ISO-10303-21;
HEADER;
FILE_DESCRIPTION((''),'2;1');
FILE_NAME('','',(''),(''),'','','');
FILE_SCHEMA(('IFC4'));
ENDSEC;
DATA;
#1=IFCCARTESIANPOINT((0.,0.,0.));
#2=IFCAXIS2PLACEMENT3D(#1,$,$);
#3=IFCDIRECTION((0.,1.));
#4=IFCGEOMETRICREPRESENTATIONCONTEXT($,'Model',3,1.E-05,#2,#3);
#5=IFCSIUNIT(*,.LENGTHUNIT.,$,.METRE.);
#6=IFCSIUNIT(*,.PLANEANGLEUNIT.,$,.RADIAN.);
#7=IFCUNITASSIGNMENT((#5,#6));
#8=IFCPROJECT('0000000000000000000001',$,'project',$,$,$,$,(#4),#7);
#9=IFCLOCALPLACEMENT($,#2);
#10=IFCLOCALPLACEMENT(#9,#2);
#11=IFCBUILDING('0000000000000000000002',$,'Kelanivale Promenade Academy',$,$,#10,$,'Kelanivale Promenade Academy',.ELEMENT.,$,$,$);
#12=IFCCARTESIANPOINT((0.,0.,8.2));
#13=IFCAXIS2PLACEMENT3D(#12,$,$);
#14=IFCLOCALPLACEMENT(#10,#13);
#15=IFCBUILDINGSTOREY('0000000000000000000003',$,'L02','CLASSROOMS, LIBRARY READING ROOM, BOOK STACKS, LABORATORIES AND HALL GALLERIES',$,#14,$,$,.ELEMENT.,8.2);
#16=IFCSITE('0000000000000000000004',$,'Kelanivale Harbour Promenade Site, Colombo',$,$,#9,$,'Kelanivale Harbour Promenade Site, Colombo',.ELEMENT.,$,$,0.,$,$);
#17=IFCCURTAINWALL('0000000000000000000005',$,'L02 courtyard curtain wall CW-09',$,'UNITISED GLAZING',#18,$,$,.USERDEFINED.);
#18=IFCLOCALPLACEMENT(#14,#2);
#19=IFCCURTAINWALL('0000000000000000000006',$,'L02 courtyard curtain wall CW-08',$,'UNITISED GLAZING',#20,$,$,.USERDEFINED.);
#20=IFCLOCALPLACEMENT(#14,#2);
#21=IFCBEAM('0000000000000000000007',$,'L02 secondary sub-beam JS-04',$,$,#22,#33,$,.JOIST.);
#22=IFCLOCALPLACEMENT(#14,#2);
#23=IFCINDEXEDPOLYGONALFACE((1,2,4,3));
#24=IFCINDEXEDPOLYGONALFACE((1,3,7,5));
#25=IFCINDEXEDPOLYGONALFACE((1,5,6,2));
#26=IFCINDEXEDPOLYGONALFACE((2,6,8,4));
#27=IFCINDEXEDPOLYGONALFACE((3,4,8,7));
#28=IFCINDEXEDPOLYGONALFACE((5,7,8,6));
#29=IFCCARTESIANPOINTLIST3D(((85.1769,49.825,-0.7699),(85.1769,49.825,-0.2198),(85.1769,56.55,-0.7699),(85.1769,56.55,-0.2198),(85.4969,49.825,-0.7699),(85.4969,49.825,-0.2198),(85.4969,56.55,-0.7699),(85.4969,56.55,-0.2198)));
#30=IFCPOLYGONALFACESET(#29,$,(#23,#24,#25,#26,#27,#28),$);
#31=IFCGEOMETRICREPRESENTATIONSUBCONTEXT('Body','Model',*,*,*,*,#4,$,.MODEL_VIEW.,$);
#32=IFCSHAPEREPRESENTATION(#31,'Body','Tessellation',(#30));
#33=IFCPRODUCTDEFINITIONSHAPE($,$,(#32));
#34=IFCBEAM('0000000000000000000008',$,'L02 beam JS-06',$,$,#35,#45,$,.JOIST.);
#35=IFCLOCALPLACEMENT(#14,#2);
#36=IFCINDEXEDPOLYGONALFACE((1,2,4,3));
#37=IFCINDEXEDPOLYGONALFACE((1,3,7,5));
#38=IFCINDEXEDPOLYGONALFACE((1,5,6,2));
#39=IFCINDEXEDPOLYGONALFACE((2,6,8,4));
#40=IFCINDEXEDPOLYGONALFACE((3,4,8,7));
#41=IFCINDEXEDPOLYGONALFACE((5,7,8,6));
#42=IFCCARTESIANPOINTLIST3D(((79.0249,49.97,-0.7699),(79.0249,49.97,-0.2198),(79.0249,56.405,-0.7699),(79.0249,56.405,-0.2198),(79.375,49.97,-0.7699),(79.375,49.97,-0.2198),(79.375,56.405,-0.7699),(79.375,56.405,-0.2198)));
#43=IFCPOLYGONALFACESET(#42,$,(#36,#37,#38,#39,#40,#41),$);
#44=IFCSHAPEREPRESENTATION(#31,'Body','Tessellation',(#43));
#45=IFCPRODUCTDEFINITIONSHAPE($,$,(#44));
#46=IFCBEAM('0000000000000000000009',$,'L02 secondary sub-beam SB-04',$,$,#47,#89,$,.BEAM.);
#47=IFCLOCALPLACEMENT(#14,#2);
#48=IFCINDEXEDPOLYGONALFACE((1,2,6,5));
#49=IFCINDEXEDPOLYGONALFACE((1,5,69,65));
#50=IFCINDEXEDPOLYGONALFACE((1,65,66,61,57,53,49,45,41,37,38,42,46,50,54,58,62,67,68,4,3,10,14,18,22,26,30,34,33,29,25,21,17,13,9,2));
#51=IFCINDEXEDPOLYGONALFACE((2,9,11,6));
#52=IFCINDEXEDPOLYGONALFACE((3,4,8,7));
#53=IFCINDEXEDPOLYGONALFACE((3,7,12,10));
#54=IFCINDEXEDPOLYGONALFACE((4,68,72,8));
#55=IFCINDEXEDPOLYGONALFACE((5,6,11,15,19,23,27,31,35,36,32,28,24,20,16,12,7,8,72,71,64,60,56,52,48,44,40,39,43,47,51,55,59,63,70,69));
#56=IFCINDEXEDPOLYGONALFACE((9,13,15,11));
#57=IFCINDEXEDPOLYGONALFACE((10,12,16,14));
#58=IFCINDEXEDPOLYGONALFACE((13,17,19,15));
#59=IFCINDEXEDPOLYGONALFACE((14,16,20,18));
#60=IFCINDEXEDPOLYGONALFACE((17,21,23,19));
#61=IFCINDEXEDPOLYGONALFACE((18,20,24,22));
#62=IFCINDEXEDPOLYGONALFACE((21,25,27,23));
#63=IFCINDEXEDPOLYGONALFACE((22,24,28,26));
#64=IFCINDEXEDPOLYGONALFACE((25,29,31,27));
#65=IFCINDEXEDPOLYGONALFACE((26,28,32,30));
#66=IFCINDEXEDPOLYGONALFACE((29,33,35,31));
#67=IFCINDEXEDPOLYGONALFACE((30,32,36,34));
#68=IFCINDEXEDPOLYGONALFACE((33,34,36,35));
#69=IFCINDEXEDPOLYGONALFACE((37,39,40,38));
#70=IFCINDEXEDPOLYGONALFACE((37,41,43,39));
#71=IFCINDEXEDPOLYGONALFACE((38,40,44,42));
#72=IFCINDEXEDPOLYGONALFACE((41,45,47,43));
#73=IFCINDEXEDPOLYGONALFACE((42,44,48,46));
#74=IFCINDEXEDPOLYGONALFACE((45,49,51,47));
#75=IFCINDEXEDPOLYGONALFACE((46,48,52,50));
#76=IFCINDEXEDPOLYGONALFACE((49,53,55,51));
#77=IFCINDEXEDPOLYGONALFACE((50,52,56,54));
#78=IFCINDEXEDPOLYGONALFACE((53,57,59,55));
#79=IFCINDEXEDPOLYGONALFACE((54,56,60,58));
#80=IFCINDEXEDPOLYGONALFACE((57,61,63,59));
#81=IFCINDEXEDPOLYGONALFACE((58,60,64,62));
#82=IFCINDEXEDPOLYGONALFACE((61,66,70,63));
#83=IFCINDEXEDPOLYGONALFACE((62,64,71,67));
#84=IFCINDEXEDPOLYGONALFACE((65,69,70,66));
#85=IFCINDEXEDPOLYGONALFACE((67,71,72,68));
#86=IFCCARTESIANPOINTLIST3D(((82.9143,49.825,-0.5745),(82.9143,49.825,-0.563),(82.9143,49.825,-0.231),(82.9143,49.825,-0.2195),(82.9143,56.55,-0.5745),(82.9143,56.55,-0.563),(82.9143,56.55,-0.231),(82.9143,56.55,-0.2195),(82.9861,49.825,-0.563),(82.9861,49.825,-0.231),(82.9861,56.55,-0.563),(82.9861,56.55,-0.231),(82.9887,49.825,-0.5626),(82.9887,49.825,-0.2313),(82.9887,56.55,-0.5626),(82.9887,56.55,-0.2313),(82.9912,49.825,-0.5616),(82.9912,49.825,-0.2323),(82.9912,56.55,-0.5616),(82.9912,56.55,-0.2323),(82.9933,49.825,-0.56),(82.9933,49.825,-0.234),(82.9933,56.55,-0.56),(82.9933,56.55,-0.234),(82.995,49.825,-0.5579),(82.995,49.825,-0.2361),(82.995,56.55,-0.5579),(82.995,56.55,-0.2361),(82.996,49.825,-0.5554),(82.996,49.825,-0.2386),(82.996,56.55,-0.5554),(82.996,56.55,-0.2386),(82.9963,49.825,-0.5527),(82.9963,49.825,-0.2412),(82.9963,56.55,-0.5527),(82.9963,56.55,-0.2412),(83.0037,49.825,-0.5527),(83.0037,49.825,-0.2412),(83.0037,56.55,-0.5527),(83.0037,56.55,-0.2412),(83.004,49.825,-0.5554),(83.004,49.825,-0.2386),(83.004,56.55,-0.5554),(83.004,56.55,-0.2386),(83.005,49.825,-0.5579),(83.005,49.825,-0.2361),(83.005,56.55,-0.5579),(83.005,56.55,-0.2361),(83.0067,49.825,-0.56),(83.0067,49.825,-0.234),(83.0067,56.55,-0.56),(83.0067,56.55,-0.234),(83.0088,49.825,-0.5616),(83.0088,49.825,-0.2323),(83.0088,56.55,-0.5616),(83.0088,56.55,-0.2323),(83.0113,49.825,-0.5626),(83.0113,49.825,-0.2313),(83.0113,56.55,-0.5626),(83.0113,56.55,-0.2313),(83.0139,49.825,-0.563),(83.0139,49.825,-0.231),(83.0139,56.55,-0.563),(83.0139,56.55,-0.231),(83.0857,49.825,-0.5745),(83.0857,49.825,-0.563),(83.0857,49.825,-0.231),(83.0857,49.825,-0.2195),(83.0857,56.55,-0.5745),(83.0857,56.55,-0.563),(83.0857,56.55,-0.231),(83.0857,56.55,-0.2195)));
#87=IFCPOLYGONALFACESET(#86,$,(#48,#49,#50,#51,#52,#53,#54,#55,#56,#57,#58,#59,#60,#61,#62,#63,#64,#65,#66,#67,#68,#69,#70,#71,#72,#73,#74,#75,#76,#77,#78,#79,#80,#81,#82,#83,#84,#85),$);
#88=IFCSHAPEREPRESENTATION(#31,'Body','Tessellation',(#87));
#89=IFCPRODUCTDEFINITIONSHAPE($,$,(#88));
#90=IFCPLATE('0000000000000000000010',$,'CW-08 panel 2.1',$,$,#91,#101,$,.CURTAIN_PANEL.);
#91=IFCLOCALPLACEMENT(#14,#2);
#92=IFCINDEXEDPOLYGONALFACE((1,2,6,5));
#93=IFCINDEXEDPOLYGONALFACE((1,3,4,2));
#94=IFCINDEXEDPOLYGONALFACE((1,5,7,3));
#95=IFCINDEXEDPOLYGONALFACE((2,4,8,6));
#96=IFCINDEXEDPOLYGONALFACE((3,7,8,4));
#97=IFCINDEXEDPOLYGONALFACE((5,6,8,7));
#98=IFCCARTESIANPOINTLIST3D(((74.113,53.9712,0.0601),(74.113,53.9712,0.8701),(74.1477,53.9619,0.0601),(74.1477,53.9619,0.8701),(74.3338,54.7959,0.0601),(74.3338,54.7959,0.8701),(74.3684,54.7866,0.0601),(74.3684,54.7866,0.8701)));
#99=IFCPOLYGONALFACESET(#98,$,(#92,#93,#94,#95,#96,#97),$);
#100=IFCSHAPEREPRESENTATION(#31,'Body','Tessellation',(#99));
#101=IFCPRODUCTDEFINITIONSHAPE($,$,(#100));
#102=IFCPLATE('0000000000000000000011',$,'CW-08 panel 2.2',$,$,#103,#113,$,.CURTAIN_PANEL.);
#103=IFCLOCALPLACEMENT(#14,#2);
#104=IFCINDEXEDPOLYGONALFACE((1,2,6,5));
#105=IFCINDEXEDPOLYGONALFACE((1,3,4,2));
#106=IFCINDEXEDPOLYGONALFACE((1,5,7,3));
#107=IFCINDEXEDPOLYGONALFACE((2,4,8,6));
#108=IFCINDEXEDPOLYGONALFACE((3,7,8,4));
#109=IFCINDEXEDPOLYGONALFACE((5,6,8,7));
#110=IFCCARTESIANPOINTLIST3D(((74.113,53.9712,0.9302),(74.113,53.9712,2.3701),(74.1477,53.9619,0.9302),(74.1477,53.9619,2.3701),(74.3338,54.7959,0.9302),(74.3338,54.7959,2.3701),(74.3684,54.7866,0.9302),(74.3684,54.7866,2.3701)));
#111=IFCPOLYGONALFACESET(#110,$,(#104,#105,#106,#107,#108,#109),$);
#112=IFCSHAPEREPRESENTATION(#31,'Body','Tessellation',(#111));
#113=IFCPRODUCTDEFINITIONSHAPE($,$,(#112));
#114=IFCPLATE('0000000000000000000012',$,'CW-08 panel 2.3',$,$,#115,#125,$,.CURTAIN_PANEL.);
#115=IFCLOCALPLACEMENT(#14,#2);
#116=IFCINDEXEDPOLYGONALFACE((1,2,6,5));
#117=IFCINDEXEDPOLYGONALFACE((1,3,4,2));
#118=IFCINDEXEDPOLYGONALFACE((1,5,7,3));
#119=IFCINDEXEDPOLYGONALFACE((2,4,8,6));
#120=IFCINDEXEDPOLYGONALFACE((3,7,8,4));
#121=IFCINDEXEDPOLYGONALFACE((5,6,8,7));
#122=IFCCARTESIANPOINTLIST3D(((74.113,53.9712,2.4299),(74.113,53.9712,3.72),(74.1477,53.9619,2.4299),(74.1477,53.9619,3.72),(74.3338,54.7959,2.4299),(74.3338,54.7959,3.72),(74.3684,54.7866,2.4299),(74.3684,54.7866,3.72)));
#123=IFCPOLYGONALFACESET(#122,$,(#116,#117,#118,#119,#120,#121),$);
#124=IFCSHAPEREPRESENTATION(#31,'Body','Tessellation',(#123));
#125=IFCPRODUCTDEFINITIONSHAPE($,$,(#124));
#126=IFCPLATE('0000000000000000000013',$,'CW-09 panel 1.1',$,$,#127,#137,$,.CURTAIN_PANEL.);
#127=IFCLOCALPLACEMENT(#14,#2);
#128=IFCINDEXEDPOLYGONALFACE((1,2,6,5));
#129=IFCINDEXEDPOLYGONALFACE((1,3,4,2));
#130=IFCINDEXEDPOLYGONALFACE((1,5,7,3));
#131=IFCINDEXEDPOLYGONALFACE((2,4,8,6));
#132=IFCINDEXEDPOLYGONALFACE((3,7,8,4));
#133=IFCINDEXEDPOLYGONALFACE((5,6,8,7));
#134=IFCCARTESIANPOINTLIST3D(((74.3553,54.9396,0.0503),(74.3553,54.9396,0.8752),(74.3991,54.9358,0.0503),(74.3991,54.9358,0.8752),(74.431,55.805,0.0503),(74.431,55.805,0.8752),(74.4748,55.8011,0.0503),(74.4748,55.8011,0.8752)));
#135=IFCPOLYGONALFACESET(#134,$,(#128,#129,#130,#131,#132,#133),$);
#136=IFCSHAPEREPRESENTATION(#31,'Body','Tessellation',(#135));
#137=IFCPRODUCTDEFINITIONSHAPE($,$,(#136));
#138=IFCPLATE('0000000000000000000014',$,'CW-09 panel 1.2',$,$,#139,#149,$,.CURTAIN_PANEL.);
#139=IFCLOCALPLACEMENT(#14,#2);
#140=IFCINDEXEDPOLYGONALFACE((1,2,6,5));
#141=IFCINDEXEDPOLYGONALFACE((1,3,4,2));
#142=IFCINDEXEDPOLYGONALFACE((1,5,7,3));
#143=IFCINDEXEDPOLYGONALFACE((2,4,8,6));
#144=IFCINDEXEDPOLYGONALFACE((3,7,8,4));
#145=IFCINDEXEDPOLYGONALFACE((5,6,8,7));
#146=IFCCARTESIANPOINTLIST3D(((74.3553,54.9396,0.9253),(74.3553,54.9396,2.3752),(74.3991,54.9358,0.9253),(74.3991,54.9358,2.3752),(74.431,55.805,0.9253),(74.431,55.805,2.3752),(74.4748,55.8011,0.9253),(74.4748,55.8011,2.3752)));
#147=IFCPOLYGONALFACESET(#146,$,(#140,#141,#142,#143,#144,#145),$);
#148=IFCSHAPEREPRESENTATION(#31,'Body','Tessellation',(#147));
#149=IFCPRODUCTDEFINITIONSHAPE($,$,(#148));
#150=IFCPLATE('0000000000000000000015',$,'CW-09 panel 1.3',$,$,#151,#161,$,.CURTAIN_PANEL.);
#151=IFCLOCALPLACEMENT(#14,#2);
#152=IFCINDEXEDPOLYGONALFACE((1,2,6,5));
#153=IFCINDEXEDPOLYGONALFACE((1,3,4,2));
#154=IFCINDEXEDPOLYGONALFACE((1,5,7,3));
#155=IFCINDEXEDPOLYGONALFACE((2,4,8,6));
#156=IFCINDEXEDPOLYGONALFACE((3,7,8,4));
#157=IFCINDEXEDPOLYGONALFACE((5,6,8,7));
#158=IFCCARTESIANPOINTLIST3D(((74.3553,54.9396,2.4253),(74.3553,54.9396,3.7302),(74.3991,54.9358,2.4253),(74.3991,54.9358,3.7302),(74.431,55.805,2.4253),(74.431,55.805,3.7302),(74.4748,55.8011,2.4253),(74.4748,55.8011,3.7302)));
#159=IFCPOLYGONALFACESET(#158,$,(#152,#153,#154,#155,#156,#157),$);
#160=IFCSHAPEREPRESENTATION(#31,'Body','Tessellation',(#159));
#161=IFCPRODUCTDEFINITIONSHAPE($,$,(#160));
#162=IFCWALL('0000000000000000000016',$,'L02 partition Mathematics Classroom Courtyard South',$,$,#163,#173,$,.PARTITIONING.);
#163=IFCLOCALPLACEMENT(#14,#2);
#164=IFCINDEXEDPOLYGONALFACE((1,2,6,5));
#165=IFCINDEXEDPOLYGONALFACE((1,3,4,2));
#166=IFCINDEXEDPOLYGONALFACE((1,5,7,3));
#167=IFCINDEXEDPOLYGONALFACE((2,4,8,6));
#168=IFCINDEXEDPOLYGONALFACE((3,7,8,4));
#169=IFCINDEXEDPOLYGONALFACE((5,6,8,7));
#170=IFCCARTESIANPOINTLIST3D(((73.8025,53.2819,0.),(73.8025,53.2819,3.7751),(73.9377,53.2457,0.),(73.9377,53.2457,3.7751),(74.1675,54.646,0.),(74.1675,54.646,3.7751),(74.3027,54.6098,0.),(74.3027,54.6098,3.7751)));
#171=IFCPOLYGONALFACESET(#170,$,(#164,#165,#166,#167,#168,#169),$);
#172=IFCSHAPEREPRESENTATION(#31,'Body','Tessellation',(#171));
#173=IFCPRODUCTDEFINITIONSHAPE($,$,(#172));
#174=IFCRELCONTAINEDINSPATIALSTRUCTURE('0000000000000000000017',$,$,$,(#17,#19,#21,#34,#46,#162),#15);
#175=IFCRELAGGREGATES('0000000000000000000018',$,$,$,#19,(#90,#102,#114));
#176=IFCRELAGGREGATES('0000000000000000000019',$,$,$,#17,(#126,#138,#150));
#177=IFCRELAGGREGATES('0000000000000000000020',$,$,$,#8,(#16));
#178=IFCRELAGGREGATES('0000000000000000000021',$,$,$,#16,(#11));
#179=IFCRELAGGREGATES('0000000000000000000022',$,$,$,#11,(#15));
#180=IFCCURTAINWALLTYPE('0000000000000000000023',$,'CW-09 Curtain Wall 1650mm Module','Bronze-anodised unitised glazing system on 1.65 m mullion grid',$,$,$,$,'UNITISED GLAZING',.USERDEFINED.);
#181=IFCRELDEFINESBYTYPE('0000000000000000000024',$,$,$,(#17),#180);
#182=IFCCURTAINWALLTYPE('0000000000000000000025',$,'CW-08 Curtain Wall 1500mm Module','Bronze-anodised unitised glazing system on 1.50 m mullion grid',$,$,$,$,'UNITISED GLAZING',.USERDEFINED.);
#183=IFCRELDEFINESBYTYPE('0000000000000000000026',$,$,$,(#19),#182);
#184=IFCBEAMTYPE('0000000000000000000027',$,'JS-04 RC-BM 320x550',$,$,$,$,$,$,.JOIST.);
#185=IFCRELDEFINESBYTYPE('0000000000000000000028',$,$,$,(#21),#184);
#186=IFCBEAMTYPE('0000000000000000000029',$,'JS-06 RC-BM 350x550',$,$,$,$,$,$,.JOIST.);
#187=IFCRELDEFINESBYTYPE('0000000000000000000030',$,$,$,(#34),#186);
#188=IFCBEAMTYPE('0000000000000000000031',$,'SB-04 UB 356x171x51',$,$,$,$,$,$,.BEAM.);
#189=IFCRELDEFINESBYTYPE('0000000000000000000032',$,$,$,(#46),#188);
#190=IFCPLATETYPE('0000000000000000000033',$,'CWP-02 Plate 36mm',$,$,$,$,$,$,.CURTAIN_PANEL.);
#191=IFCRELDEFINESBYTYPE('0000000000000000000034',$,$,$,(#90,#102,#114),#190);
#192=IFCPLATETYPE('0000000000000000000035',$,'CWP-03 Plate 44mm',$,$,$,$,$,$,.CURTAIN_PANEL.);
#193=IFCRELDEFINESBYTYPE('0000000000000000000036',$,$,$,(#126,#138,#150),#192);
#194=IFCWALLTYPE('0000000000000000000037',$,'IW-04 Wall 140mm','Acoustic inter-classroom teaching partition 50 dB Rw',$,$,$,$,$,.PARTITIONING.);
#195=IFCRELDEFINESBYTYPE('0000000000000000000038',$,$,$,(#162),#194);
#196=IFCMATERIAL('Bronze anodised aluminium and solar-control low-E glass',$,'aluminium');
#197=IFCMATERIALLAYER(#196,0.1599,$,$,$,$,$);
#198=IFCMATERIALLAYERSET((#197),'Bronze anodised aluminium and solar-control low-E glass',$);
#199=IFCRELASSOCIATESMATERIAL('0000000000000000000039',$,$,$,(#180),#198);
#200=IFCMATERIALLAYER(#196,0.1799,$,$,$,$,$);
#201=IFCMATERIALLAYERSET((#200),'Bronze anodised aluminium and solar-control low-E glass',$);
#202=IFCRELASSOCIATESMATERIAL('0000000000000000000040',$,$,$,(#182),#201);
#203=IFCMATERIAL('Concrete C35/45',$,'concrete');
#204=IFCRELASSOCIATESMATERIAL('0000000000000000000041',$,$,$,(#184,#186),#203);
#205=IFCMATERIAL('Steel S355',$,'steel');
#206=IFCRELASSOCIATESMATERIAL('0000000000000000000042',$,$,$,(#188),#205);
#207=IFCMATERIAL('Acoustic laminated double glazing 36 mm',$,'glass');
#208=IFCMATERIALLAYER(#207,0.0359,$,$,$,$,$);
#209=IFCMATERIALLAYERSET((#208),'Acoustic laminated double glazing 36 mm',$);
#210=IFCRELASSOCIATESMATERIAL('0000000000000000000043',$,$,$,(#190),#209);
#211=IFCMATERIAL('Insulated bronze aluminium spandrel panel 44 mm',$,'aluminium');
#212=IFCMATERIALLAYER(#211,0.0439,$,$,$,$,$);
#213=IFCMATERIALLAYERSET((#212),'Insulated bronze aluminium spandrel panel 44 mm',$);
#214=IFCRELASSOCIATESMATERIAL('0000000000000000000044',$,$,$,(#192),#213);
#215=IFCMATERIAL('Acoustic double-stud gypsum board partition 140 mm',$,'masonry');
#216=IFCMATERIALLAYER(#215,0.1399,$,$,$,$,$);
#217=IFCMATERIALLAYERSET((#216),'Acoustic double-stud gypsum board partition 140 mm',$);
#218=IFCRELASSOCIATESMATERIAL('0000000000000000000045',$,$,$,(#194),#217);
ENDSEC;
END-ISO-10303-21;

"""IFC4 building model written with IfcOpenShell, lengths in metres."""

from ifc_helpers import new_model, si_unit, direction, frame, frame_2d, origin, origin_2d, place, context, subcontext, project, spatial, rectangle, i_section, extrude, material, layer, layer_set, material_profile, profile_set, type_object, element, aggregate, save


model = new_model("IFC4")

# Units and contexts
model_context = context("Model", 3, precision=1e-05, world=origin(), true_north=direction((0.0, 1.0)))
body_context = subcontext(model_context, "Body", "Model", "MODEL_VIEW")
ifc_project = project(units=[si_unit("LENGTHUNIT", "METRE"), si_unit("PLANEANGLEUNIT", "RADIAN")], contexts=[model_context])

# Site, building, storey
site_placement = place(None, origin())
site = spatial("IfcSite", under=ifc_project, at=site_placement, Name="Kelanivale Harbour Promenade Site, Colombo", LongName="Kelanivale Harbour Promenade Site, Colombo", CompositionType="ELEMENT", RefElevation=0.0)
building_placement = place(site_placement, origin())
building = spatial("IfcBuilding", under=site, at=building_placement, Name="Kelanivale Promenade Academy", LongName="Kelanivale Promenade Academy", CompositionType="ELEMENT")
storey_placement = place(building_placement, frame((0.0, 0.0, 8.2)))
storey = spatial("IfcBuildingStorey", under=building, at=storey_placement, Name="L02", Description="CLASSROOMS, LIBRARY READING ROOM, BOOK STACKS, LABORATORIES AND HALL GALLERIES", CompositionType="ELEMENT", Elevation=8.2)

# Shared definitions
ifc_material_1 = material(Name="Concrete C35/45", Category="concrete")

# Curtain wall
ifc_material_2 = material(Name="Bronze anodised aluminium and solar-control low-E glass", Category="aluminium")
ifc_layer_1 = layer(ifc_material_2, 0.1599)
ifc_layer_set_1 = layer_set([ifc_layer_1], Name="Bronze anodised aluminium and solar-control low-E glass")
curtain_wall_type_1 = type_object("IfcCurtainWallType", Name="CW-09 Curtain Wall 1650mm Module", Description="Bronze-anodised unitised glazing system on 1.65 m mullion grid", ElementType="UNITISED GLAZING", PredefinedType="USERDEFINED", material=ifc_layer_set_1)
curtain_wall_1_placement = place(storey_placement, origin())
curtain_wall_1 = element("IfcCurtainWall", 1, at=curtain_wall_1_placement, inside=storey, type_object=curtain_wall_type_1, Name="L02 courtyard curtain wall CW-09", ObjectType="UNITISED GLAZING", PredefinedType="USERDEFINED")

# Curtain wall
ifc_layer_2 = layer(ifc_material_2, 0.1799)
ifc_layer_set_2 = layer_set([ifc_layer_2], Name="Bronze anodised aluminium and solar-control low-E glass")
curtain_wall_type_2 = type_object("IfcCurtainWallType", Name="CW-08 Curtain Wall 1500mm Module", Description="Bronze-anodised unitised glazing system on 1.50 m mullion grid", ElementType="UNITISED GLAZING", PredefinedType="USERDEFINED", material=ifc_layer_set_2)
curtain_wall_2_placement = place(storey_placement, origin())
curtain_wall_2 = element("IfcCurtainWall", 2, at=curtain_wall_2_placement, inside=storey, type_object=curtain_wall_type_2, Name="L02 courtyard curtain wall CW-08", ObjectType="UNITISED GLAZING", PredefinedType="USERDEFINED")

# Beams
ifc_material_profile_1 = material_profile(ifc_material_1, rectangle(XDim=0.3201, YDim=0.55, at=origin_2d()), Name="RC-BM 320x550")
ifc_profile_set_1 = profile_set([ifc_material_profile_1], Name="Concrete C35/45")
beam_type_1 = type_object("IfcBeamType", Name="JS-04 RC-BM 320x550", PredefinedType="JOIST", material=ifc_profile_set_1)
beam_1_placement = place(storey_placement, frame((85.3369, 49.825, -0.4949), z_axis=(0.0, 1.0, 0.0), x_axis=(-1.0, 0.0, 0.0)))
element("IfcBeam", 3, at=beam_1_placement, inside=storey, type_object=beam_type_1, Name="L02 secondary sub-beam JS-04", PredefinedType="JOIST", context=body_context, shape_type="SweptSolid", body=[
    extrude(rectangle(XDim=0.3201, YDim=0.55, at=origin_2d()), origin(), (0.0, 0.0, 1.0), 6.7251),
])
ifc_material_profile_2 = material_profile(ifc_material_1, rectangle(XDim=0.3501, YDim=0.55, at=origin_2d()), Name="RC-BM 350x550")
ifc_profile_set_2 = profile_set([ifc_material_profile_2], Name="Concrete C35/45")
beam_type_2 = type_object("IfcBeamType", Name="JS-06 RC-BM 350x550", PredefinedType="JOIST", material=ifc_profile_set_2)
beam_2_placement = place(storey_placement, frame((79.2, 49.97, -0.4949), z_axis=(0.0, 1.0, 0.0), x_axis=(-1.0, 0.0, 0.0)))
element("IfcBeam", 4, at=beam_2_placement, inside=storey, type_object=beam_type_2, Name="L02 beam JS-06", PredefinedType="JOIST", context=body_context, shape_type="SweptSolid", body=[
    extrude(rectangle(XDim=0.3501, YDim=0.55, at=origin_2d()), origin(), (0.0, 0.0, 1.0), 6.4351),
])
ifc_material_3 = material(Name="Steel S355", Category="steel")
ifc_material_profile_3 = material_profile(ifc_material_3, i_section(OverallWidth=0.1714, OverallDepth=0.355, WebThickness=0.0073, FlangeThickness=0.0115, FilletRadius=0.0103, at=origin_2d()), Name="UB 356x171x51")
ifc_profile_set_3 = profile_set([ifc_material_profile_3], Name="Steel S355")
beam_type_3 = type_object("IfcBeamType", Name="SB-04 UB 356x171x51", PredefinedType="BEAM", material=ifc_profile_set_3)
beam_3_placement = place(storey_placement, frame((83.0, 49.825, -0.397), z_axis=(0.0, 1.0, 0.0), x_axis=(-1.0, 0.0, 0.0)))
element("IfcBeam", 5, at=beam_3_placement, inside=storey, type_object=beam_type_3, Name="L02 secondary sub-beam SB-04", PredefinedType="BEAM", context=body_context, shape_type="SweptSolid", body=[
    extrude(i_section(OverallWidth=0.1714, OverallDepth=0.355, WebThickness=0.0073, FlangeThickness=0.0115, FilletRadius=0.0103, at=origin_2d()), origin(), (0.0, 0.0, 1.0), 6.7251),
])

# Plates
ifc_material_4 = material(Name="Acoustic laminated double glazing 36 mm", Category="glass")
ifc_layer_3 = layer(ifc_material_4, 0.0359)
ifc_layer_set_3 = layer_set([ifc_layer_3], Name="Acoustic laminated double glazing 36 mm")
plate_type_1 = type_object("IfcPlateType", Name="CWP-02 Plate 36mm", PredefinedType="CURTAIN_PANEL", material=ifc_layer_set_3)
plate_1_placement = place(storey_placement, frame((74.2407, 54.3789, 0.0601), z_axis=(0.0, 0.0, 1.0), x_axis=(0.258578, 0.96599, 0.0)))
plate_1 = element("IfcPlate", 6, at=plate_1_placement, type_object=plate_type_1, Name="CW-08 panel 2.1", PredefinedType="CURTAIN_PANEL", context=body_context, shape_type="SweptSolid", body=[
    extrude(rectangle(XDim=0.8538, YDim=0.0359, at=origin_2d()), origin(), (0.0, 0.0, 1.0), 0.8101),
])
plate_2_placement = place(storey_placement, frame((74.2407, 54.3789, 0.9302), z_axis=(0.0, 0.0, 1.0), x_axis=(0.258578, 0.96599, 0.0)))
plate_2 = element("IfcPlate", 7, at=plate_2_placement, type_object=plate_type_1, Name="CW-08 panel 2.2", PredefinedType="CURTAIN_PANEL", context=body_context, shape_type="SweptSolid", body=[
    extrude(rectangle(XDim=0.8538, YDim=0.0359, at=origin_2d()), origin(), (0.0, 0.0, 1.0), 1.4399),
])
plate_3_placement = place(storey_placement, frame((74.2407, 54.3789, 2.4299), z_axis=(0.0, 0.0, 1.0), x_axis=(0.258578, 0.96599, 0.0)))
plate_3 = element("IfcPlate", 8, at=plate_3_placement, type_object=plate_type_1, Name="CW-08 panel 2.3", PredefinedType="CURTAIN_PANEL", context=body_context, shape_type="SweptSolid", body=[
    extrude(rectangle(XDim=0.8538, YDim=0.0359, at=origin_2d()), origin(), (0.0, 0.0, 1.0), 1.29),
])
aggregate(curtain_wall_2, [plate_1, plate_2, plate_3])
ifc_material_5 = material(Name="Insulated bronze aluminium spandrel panel 44 mm", Category="aluminium")
ifc_layer_4 = layer(ifc_material_5, 0.0439)
ifc_layer_set_4 = layer_set([ifc_layer_4], Name="Insulated bronze aluminium spandrel panel 44 mm")
plate_type_2 = type_object("IfcPlateType", Name="CWP-03 Plate 44mm", PredefinedType="CURTAIN_PANEL", material=ifc_layer_set_4)
plate_4_placement = place(storey_placement, frame((74.415, 55.3704, 0.0503), z_axis=(0.0, 0.0, 1.0), x_axis=(0.087102, 0.996199, 0.0)))
plate_4 = element("IfcPlate", 9, at=plate_4_placement, type_object=plate_type_2, Name="CW-09 panel 1.1", PredefinedType="CURTAIN_PANEL", context=body_context, shape_type="SweptSolid", body=[
    extrude(rectangle(XDim=0.8687, YDim=0.0439, at=origin_2d()), origin(), (0.0, 0.0, 1.0), 0.825),
])
plate_5_placement = place(storey_placement, frame((74.415, 55.3704, 0.9253), z_axis=(0.0, 0.0, 1.0), x_axis=(0.087102, 0.996199, 0.0)))
plate_5 = element("IfcPlate", 10, at=plate_5_placement, type_object=plate_type_2, Name="CW-09 panel 1.2", PredefinedType="CURTAIN_PANEL", context=body_context, shape_type="SweptSolid", body=[
    extrude(rectangle(XDim=0.8687, YDim=0.0439, at=origin_2d()), origin(), (0.0, 0.0, 1.0), 1.45),
])
plate_6_placement = place(storey_placement, frame((74.415, 55.3704, 2.4253), z_axis=(0.0, 0.0, 1.0), x_axis=(0.087102, 0.996199, 0.0)))
plate_6 = element("IfcPlate", 11, at=plate_6_placement, type_object=plate_type_2, Name="CW-09 panel 1.3", PredefinedType="CURTAIN_PANEL", context=body_context, shape_type="SweptSolid", body=[
    extrude(rectangle(XDim=0.8687, YDim=0.0439, at=origin_2d()), origin(), (0.0, 0.0, 1.0), 1.3049),
])
aggregate(curtain_wall_1, [plate_4, plate_5, plate_6])

# Wall
ifc_material_6 = material(Name="Acoustic double-stud gypsum board partition 140 mm", Category="masonry")
ifc_layer_5 = layer(ifc_material_6, 0.1399)
ifc_layer_set_5 = layer_set([ifc_layer_5], Name="Acoustic double-stud gypsum board partition 140 mm")
wall_type = type_object("IfcWallType", Name="IW-04 Wall 140mm", Description="Acoustic inter-classroom teaching partition 50 dB Rw", PredefinedType="PARTITIONING", material=ifc_layer_set_5)
wall_placement = place(storey_placement, frame((74.2351, 54.6279, 0.0), z_axis=(0.0, 0.0, 1.0), x_axis=(-0.258491, -0.966014, 0.0)))
element("IfcWall", 12, at=wall_placement, inside=storey, type_object=wall_type, Name="L02 partition Mathematics Classroom Courtyard South", PredefinedType="PARTITIONING", context=body_context, shape_type="SweptSolid", body=[
    extrude(rectangle(XDim=1.4121, YDim=0.1399, at=frame_2d((0.7061, 0.0))), origin(), (0.0, 0.0, 1.0), 3.7751),
])

save(model, "model.ifc")
